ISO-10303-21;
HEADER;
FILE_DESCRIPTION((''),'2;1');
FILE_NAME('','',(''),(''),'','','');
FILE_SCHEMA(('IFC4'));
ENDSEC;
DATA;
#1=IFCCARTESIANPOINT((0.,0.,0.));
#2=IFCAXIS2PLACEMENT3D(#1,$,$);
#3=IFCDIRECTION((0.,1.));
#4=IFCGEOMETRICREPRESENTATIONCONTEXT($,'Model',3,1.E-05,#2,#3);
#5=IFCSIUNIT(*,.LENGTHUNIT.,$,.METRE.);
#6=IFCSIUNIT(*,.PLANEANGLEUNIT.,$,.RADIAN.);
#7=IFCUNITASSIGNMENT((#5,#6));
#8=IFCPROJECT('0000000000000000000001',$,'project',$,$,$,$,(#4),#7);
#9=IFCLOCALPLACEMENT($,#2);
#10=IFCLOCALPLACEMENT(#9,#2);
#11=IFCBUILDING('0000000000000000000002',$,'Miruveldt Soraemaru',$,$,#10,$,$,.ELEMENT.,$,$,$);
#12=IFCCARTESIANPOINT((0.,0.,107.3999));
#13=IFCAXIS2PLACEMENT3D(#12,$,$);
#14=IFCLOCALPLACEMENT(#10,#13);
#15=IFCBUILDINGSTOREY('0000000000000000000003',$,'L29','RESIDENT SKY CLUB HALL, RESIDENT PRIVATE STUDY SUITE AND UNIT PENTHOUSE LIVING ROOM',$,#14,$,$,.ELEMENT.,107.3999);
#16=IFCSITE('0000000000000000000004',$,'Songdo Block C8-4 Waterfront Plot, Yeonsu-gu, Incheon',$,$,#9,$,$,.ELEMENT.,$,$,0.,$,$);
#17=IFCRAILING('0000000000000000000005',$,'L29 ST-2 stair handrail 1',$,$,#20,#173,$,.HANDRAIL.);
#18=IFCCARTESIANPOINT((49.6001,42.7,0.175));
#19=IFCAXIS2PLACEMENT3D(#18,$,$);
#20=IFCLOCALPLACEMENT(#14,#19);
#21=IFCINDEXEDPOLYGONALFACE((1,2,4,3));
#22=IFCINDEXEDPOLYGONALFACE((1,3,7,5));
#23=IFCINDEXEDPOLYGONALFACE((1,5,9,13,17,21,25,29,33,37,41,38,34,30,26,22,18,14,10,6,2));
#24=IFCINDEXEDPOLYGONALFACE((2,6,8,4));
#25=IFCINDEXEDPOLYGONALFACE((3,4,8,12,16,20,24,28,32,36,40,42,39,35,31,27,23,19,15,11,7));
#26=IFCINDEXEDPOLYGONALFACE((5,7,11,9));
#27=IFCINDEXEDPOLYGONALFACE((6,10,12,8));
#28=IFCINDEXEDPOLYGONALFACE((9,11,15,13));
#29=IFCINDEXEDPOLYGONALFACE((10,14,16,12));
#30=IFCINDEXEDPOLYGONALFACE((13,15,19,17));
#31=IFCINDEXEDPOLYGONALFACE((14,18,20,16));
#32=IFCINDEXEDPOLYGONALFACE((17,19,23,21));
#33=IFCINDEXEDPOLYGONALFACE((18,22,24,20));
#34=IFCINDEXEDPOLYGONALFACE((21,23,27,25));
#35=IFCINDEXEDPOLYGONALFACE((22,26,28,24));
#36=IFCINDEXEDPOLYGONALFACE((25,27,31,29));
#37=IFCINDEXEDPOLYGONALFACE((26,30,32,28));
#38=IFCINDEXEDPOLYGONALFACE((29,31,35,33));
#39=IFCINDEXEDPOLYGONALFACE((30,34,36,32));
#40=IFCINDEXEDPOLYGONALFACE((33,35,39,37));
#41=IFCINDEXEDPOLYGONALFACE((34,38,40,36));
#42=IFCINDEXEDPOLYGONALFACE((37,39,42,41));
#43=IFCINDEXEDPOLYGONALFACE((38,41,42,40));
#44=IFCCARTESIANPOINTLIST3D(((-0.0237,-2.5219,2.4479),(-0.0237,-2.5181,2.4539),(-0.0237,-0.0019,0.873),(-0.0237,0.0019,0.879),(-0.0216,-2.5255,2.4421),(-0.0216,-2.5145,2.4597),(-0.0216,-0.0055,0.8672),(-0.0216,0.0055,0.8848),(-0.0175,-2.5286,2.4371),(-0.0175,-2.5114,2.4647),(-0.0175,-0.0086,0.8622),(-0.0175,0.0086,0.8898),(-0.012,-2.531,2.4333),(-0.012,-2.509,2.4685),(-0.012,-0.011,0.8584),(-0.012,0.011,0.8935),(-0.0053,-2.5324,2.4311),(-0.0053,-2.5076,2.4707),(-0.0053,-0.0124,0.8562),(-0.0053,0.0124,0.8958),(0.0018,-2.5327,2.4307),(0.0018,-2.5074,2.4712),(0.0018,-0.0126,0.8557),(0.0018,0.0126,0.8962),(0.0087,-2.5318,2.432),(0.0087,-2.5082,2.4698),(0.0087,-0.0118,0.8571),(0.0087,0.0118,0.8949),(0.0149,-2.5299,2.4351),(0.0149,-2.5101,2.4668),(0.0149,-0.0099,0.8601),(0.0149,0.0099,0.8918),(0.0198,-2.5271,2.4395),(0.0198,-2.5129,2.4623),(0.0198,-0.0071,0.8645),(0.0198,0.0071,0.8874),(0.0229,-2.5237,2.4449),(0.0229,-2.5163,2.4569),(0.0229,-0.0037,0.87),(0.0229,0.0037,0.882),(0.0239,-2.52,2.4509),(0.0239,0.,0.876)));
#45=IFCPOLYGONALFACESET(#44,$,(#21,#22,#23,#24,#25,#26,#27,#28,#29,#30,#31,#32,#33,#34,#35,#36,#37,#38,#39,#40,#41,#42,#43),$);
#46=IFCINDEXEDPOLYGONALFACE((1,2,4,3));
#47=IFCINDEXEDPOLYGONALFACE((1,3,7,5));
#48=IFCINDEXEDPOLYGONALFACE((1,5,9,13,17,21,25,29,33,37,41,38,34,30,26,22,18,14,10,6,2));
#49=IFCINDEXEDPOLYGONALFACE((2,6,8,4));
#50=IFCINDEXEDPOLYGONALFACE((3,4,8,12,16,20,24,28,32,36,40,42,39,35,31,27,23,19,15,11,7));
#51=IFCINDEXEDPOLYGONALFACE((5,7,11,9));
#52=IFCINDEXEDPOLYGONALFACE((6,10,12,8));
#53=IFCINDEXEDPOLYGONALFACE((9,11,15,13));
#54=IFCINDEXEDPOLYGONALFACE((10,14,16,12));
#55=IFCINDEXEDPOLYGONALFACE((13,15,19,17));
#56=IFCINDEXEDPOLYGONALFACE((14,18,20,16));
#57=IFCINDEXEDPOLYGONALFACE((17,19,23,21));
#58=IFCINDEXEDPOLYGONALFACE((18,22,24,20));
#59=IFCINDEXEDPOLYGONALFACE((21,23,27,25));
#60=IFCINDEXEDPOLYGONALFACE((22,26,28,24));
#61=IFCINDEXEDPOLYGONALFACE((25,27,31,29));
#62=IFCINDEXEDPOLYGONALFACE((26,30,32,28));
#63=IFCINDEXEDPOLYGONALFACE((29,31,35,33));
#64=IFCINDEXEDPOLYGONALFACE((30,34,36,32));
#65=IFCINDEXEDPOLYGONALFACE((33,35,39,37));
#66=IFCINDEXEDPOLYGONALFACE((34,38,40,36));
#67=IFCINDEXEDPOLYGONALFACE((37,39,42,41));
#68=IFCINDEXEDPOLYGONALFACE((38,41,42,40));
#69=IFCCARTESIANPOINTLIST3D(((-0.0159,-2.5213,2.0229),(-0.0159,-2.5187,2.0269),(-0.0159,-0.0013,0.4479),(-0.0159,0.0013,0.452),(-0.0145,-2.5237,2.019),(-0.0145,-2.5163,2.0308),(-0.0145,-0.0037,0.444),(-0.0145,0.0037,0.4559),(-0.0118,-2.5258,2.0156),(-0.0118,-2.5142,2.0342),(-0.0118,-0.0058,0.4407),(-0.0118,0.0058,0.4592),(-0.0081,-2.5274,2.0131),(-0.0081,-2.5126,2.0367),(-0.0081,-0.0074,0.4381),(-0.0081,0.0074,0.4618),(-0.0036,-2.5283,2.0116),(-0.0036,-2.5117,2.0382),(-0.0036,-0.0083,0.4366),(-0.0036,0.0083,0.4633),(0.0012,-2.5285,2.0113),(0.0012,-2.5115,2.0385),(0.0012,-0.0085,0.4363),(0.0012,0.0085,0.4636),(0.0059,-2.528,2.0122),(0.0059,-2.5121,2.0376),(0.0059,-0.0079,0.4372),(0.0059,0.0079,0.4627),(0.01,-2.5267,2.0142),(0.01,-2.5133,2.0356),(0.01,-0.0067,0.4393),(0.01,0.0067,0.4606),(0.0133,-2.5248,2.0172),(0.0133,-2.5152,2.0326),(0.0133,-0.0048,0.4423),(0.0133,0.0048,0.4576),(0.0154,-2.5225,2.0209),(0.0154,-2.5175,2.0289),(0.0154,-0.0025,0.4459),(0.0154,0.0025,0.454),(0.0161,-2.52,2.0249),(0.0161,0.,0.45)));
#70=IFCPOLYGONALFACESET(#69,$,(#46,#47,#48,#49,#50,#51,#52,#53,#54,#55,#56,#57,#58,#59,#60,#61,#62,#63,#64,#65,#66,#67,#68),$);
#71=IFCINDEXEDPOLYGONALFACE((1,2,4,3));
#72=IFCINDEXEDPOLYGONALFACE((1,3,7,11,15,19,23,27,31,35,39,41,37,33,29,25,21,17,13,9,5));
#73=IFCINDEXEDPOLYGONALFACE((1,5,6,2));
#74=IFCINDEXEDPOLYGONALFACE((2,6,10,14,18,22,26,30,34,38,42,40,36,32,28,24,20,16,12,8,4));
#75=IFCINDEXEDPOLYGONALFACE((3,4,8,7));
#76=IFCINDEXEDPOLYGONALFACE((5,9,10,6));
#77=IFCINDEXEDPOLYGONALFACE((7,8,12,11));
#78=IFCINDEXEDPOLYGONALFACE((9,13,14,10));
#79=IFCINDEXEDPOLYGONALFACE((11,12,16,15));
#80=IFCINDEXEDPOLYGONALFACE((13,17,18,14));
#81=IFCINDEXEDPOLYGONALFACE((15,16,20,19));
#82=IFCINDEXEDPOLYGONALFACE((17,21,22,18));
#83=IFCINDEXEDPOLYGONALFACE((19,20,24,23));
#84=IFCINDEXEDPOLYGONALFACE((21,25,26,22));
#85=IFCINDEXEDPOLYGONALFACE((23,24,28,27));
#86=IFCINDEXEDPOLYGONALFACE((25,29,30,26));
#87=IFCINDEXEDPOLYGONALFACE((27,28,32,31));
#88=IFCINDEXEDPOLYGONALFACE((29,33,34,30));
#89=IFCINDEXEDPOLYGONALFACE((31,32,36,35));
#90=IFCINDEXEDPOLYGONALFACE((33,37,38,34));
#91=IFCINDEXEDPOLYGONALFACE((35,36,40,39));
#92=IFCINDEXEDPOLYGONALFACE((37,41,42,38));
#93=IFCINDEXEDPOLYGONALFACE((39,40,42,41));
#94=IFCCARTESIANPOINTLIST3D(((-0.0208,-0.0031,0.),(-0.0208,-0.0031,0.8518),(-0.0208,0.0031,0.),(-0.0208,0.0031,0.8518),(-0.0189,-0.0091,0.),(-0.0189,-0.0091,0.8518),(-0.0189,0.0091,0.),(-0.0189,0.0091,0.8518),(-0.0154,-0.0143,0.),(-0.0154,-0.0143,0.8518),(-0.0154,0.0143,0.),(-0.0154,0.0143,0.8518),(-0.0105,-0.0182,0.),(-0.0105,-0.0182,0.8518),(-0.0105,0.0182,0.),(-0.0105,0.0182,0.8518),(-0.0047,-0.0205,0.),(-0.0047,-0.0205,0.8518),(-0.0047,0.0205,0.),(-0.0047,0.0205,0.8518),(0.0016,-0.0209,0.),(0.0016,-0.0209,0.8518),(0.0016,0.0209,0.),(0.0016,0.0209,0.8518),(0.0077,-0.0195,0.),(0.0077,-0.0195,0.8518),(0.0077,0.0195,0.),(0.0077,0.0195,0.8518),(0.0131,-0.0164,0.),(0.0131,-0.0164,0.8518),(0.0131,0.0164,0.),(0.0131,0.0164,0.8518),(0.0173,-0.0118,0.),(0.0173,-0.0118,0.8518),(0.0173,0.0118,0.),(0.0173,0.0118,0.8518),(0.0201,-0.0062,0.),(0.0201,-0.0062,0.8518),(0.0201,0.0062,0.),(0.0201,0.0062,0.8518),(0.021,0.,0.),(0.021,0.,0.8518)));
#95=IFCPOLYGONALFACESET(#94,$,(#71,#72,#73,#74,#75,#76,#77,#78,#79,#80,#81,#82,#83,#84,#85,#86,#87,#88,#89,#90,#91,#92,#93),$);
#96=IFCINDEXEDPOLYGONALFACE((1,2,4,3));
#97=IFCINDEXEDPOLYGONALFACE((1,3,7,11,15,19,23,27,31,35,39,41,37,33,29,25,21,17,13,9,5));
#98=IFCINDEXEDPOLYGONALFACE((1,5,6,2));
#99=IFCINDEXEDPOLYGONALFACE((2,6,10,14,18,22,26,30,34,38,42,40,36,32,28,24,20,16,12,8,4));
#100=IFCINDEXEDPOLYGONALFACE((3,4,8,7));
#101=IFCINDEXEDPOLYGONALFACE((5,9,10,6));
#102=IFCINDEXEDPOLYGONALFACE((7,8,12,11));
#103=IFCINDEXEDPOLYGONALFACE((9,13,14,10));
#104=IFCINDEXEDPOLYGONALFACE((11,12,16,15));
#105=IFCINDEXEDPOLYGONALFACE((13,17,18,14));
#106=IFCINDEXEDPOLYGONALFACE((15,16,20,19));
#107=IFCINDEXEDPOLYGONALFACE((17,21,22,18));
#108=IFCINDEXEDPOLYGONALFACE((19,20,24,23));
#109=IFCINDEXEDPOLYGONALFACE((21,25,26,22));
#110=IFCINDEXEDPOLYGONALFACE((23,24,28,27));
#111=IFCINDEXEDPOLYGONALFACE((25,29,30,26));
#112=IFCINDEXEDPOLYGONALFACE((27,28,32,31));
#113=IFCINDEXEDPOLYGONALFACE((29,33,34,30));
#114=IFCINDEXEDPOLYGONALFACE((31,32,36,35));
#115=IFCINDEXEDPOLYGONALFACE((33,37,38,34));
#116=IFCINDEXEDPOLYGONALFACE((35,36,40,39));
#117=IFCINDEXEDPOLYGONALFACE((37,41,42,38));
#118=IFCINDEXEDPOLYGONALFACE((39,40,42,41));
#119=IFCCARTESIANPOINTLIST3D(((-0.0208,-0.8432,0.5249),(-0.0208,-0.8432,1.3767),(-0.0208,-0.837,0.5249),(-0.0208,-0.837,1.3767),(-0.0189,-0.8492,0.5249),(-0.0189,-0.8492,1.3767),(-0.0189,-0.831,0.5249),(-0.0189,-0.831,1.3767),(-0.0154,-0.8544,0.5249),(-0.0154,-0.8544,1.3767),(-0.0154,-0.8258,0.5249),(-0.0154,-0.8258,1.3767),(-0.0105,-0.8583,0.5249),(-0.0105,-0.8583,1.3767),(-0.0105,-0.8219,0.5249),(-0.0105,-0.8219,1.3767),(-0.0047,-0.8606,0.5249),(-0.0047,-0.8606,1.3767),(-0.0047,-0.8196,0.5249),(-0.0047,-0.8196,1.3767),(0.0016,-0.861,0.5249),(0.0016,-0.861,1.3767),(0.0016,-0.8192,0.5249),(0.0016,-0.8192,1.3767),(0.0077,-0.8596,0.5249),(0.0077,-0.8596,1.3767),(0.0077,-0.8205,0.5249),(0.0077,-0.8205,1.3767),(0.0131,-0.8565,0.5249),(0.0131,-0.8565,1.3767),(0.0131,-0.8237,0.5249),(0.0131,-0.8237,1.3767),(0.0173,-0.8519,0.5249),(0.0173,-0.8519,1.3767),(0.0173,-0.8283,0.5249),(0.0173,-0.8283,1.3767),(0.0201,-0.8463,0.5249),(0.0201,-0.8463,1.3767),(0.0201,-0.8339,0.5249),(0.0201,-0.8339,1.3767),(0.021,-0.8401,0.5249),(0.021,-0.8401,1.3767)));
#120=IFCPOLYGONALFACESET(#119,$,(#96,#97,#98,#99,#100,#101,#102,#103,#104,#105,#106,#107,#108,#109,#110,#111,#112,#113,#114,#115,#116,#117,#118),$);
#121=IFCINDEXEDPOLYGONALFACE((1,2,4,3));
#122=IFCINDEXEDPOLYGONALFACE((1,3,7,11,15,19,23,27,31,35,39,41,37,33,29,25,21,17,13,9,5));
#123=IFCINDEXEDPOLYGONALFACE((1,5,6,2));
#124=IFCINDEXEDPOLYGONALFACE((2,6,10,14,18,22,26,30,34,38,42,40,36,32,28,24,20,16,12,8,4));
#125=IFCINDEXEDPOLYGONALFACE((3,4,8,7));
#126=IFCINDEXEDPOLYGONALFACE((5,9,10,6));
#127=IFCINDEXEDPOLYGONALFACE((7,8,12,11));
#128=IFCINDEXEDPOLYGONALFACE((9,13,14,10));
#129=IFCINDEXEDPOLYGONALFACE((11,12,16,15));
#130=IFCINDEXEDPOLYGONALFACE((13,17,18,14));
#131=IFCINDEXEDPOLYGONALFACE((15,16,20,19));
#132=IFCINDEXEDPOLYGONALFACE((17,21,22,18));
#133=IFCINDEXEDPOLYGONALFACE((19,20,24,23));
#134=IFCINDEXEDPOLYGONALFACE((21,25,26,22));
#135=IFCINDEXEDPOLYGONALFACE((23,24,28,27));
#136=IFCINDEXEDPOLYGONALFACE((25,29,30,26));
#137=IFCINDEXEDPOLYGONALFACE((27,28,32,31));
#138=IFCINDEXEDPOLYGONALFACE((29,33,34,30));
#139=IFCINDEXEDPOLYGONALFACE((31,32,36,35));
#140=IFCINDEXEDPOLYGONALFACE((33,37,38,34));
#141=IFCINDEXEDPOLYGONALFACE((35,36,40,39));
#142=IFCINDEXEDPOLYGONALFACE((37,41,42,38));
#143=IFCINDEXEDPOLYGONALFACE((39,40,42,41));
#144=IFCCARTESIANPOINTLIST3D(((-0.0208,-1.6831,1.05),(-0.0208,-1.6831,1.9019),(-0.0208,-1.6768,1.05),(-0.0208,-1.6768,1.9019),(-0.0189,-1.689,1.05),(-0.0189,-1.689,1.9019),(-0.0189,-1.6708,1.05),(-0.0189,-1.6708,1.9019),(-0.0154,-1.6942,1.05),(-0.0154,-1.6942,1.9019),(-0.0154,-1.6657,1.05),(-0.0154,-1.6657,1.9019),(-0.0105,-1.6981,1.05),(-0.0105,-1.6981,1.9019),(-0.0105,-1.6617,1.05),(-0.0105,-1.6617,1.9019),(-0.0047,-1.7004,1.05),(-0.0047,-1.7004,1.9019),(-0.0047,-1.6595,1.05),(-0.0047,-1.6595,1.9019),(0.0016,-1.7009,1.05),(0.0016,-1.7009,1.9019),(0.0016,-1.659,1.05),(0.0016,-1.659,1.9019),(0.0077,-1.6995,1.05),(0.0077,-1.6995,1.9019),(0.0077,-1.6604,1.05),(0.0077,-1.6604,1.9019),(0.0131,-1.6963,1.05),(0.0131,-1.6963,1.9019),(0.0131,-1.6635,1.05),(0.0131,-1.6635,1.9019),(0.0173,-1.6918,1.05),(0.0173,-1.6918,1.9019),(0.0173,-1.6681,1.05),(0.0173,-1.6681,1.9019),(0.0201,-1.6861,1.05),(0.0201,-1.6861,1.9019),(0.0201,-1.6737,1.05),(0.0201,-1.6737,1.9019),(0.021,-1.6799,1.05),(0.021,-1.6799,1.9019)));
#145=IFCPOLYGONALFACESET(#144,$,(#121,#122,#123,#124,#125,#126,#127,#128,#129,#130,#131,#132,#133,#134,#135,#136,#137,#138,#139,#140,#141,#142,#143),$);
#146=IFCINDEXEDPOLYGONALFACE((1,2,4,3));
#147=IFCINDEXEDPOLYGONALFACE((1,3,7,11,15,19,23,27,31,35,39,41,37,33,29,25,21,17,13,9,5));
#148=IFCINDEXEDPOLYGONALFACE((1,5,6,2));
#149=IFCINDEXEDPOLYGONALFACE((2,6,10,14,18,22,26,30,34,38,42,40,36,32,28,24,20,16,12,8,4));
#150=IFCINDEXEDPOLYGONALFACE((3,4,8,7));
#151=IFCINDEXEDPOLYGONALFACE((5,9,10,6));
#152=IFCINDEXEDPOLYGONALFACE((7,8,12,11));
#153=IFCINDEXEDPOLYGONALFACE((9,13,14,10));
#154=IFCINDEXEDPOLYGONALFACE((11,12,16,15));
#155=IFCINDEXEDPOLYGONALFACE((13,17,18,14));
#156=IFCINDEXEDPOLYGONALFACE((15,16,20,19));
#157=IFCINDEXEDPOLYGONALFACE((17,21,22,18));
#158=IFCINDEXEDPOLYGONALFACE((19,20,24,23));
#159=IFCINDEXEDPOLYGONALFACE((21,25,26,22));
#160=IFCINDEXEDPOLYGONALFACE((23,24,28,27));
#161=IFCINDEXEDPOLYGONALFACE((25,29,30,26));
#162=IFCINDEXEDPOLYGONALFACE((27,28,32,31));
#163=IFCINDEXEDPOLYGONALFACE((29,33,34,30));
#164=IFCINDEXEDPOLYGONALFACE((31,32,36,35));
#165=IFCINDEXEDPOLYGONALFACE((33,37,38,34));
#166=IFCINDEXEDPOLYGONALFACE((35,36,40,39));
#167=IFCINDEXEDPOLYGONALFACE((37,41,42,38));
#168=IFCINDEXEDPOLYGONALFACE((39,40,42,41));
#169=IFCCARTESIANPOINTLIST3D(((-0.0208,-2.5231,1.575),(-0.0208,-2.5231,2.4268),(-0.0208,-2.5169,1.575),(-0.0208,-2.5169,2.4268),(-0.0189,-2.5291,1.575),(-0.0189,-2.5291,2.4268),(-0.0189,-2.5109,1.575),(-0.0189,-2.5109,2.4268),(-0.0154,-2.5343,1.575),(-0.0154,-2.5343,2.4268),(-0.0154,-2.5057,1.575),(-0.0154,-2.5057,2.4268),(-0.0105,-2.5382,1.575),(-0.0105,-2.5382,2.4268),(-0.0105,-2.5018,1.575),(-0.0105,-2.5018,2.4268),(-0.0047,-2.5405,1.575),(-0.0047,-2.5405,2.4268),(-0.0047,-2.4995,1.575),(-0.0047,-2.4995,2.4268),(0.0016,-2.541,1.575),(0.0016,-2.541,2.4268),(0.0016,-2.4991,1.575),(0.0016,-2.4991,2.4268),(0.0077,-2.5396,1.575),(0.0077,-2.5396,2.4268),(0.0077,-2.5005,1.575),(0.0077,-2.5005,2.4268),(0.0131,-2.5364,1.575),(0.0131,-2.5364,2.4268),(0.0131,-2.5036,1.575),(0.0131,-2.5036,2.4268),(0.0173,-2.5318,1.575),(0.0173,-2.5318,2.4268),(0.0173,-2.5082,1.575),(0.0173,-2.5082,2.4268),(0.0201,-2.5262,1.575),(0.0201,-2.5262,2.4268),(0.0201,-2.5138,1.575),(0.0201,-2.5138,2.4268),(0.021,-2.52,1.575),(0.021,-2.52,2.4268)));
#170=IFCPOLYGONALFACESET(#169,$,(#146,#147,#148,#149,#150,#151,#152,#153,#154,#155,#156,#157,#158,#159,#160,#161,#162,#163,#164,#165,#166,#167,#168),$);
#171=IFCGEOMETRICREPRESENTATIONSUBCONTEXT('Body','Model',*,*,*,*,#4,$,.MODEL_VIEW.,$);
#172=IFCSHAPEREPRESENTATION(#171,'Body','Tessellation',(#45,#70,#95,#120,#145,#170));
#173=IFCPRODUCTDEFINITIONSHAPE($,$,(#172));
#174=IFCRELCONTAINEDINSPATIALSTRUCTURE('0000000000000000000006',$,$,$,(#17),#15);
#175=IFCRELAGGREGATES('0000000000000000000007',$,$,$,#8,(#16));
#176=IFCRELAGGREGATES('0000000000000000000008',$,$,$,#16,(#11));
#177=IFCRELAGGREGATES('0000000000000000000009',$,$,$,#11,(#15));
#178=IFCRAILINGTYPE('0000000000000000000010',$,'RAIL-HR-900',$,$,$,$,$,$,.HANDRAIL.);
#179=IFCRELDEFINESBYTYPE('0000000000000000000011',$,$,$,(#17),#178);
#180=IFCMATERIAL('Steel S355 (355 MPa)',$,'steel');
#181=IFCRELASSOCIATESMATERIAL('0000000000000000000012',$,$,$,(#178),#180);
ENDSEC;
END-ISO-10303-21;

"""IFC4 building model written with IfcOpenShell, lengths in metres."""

from ifc_helpers import new_model, si_unit, direction, frame, origin, origin_2d, place, context, subcontext, project, spatial, circle, extrude, material, type_object, element, save


model = new_model("IFC4")

# Units and contexts
model_context = context("Model", 3, precision=1e-05, world=origin(), true_north=direction((0.0, 1.0)))
body_context = subcontext(model_context, "Body", "Model", "MODEL_VIEW")
ifc_project = project(units=[si_unit("LENGTHUNIT", "METRE"), si_unit("PLANEANGLEUNIT", "RADIAN")], contexts=[model_context])

# Site, building, storey
site_placement = place(None, origin())
site = spatial("IfcSite", under=ifc_project, at=site_placement, Name="Songdo Block C8-4 Waterfront Plot, Yeonsu-gu, Incheon", CompositionType="ELEMENT", RefElevation=0.0)
building_placement = place(site_placement, origin())
building = spatial("IfcBuilding", under=site, at=building_placement, Name="Miruveldt Soraemaru", CompositionType="ELEMENT")
storey_placement = place(building_placement, frame((0.0, 0.0, 107.3999)))
storey = spatial("IfcBuildingStorey", under=building, at=storey_placement, Name="L29", Description="RESIDENT SKY CLUB HALL, RESIDENT PRIVATE STUDY SUITE AND UNIT PENTHOUSE LIVING ROOM", CompositionType="ELEMENT", Elevation=107.3999)

# Railing
ifc_material_1 = material(Name="Steel S355 (355 MPa)", Category="steel")
railing_type_1 = type_object("IfcRailingType", Name="RAIL-HR-900", PredefinedType="HANDRAIL", material=ifc_material_1)
railing_1_placement = place(storey_placement, frame((49.6001, 42.7, 0.175)))
element("IfcRailing", 1, at=railing_1_placement, inside=storey, type_object=railing_type_1, Name="L29 ST-2 stair handrail 1", PredefinedType="HANDRAIL", context=body_context, shape_type="SweptSolid", body=[
    extrude(circle(Radius=0.0239, at=origin_2d()), frame((0.0, 0.0, 0.876), z_axis=(0.0, -0.848008, 0.529984), x_axis=(1.0, 0.0, 0.0)), (0.0, 0.0, 1.0), 2.9717),
    extrude(circle(Radius=0.0161, at=origin_2d()), frame((0.0, 0.0, 0.45), z_axis=(0.0, -0.848008, 0.529984), x_axis=(1.0, 0.0, 0.0)), (0.0, 0.0, 1.0), 2.9717),
    extrude(circle(Radius=0.021, at=origin_2d()), origin(), (0.0, 0.0, 1.0), 0.8518),
    extrude(circle(Radius=0.021, at=origin_2d()), frame((0.0, -0.8401, 0.5249)), (0.0, 0.0, 1.0), 0.8518),
    extrude(circle(Radius=0.021, at=origin_2d()), frame((0.0, -1.6799, 1.05)), (0.0, 0.0, 1.0), 0.8518),
    extrude(circle(Radius=0.021, at=origin_2d()), frame((0.0, -2.52, 1.575)), (0.0, 0.0, 1.0), 0.8518),
])

save(model, "model.ifc")
